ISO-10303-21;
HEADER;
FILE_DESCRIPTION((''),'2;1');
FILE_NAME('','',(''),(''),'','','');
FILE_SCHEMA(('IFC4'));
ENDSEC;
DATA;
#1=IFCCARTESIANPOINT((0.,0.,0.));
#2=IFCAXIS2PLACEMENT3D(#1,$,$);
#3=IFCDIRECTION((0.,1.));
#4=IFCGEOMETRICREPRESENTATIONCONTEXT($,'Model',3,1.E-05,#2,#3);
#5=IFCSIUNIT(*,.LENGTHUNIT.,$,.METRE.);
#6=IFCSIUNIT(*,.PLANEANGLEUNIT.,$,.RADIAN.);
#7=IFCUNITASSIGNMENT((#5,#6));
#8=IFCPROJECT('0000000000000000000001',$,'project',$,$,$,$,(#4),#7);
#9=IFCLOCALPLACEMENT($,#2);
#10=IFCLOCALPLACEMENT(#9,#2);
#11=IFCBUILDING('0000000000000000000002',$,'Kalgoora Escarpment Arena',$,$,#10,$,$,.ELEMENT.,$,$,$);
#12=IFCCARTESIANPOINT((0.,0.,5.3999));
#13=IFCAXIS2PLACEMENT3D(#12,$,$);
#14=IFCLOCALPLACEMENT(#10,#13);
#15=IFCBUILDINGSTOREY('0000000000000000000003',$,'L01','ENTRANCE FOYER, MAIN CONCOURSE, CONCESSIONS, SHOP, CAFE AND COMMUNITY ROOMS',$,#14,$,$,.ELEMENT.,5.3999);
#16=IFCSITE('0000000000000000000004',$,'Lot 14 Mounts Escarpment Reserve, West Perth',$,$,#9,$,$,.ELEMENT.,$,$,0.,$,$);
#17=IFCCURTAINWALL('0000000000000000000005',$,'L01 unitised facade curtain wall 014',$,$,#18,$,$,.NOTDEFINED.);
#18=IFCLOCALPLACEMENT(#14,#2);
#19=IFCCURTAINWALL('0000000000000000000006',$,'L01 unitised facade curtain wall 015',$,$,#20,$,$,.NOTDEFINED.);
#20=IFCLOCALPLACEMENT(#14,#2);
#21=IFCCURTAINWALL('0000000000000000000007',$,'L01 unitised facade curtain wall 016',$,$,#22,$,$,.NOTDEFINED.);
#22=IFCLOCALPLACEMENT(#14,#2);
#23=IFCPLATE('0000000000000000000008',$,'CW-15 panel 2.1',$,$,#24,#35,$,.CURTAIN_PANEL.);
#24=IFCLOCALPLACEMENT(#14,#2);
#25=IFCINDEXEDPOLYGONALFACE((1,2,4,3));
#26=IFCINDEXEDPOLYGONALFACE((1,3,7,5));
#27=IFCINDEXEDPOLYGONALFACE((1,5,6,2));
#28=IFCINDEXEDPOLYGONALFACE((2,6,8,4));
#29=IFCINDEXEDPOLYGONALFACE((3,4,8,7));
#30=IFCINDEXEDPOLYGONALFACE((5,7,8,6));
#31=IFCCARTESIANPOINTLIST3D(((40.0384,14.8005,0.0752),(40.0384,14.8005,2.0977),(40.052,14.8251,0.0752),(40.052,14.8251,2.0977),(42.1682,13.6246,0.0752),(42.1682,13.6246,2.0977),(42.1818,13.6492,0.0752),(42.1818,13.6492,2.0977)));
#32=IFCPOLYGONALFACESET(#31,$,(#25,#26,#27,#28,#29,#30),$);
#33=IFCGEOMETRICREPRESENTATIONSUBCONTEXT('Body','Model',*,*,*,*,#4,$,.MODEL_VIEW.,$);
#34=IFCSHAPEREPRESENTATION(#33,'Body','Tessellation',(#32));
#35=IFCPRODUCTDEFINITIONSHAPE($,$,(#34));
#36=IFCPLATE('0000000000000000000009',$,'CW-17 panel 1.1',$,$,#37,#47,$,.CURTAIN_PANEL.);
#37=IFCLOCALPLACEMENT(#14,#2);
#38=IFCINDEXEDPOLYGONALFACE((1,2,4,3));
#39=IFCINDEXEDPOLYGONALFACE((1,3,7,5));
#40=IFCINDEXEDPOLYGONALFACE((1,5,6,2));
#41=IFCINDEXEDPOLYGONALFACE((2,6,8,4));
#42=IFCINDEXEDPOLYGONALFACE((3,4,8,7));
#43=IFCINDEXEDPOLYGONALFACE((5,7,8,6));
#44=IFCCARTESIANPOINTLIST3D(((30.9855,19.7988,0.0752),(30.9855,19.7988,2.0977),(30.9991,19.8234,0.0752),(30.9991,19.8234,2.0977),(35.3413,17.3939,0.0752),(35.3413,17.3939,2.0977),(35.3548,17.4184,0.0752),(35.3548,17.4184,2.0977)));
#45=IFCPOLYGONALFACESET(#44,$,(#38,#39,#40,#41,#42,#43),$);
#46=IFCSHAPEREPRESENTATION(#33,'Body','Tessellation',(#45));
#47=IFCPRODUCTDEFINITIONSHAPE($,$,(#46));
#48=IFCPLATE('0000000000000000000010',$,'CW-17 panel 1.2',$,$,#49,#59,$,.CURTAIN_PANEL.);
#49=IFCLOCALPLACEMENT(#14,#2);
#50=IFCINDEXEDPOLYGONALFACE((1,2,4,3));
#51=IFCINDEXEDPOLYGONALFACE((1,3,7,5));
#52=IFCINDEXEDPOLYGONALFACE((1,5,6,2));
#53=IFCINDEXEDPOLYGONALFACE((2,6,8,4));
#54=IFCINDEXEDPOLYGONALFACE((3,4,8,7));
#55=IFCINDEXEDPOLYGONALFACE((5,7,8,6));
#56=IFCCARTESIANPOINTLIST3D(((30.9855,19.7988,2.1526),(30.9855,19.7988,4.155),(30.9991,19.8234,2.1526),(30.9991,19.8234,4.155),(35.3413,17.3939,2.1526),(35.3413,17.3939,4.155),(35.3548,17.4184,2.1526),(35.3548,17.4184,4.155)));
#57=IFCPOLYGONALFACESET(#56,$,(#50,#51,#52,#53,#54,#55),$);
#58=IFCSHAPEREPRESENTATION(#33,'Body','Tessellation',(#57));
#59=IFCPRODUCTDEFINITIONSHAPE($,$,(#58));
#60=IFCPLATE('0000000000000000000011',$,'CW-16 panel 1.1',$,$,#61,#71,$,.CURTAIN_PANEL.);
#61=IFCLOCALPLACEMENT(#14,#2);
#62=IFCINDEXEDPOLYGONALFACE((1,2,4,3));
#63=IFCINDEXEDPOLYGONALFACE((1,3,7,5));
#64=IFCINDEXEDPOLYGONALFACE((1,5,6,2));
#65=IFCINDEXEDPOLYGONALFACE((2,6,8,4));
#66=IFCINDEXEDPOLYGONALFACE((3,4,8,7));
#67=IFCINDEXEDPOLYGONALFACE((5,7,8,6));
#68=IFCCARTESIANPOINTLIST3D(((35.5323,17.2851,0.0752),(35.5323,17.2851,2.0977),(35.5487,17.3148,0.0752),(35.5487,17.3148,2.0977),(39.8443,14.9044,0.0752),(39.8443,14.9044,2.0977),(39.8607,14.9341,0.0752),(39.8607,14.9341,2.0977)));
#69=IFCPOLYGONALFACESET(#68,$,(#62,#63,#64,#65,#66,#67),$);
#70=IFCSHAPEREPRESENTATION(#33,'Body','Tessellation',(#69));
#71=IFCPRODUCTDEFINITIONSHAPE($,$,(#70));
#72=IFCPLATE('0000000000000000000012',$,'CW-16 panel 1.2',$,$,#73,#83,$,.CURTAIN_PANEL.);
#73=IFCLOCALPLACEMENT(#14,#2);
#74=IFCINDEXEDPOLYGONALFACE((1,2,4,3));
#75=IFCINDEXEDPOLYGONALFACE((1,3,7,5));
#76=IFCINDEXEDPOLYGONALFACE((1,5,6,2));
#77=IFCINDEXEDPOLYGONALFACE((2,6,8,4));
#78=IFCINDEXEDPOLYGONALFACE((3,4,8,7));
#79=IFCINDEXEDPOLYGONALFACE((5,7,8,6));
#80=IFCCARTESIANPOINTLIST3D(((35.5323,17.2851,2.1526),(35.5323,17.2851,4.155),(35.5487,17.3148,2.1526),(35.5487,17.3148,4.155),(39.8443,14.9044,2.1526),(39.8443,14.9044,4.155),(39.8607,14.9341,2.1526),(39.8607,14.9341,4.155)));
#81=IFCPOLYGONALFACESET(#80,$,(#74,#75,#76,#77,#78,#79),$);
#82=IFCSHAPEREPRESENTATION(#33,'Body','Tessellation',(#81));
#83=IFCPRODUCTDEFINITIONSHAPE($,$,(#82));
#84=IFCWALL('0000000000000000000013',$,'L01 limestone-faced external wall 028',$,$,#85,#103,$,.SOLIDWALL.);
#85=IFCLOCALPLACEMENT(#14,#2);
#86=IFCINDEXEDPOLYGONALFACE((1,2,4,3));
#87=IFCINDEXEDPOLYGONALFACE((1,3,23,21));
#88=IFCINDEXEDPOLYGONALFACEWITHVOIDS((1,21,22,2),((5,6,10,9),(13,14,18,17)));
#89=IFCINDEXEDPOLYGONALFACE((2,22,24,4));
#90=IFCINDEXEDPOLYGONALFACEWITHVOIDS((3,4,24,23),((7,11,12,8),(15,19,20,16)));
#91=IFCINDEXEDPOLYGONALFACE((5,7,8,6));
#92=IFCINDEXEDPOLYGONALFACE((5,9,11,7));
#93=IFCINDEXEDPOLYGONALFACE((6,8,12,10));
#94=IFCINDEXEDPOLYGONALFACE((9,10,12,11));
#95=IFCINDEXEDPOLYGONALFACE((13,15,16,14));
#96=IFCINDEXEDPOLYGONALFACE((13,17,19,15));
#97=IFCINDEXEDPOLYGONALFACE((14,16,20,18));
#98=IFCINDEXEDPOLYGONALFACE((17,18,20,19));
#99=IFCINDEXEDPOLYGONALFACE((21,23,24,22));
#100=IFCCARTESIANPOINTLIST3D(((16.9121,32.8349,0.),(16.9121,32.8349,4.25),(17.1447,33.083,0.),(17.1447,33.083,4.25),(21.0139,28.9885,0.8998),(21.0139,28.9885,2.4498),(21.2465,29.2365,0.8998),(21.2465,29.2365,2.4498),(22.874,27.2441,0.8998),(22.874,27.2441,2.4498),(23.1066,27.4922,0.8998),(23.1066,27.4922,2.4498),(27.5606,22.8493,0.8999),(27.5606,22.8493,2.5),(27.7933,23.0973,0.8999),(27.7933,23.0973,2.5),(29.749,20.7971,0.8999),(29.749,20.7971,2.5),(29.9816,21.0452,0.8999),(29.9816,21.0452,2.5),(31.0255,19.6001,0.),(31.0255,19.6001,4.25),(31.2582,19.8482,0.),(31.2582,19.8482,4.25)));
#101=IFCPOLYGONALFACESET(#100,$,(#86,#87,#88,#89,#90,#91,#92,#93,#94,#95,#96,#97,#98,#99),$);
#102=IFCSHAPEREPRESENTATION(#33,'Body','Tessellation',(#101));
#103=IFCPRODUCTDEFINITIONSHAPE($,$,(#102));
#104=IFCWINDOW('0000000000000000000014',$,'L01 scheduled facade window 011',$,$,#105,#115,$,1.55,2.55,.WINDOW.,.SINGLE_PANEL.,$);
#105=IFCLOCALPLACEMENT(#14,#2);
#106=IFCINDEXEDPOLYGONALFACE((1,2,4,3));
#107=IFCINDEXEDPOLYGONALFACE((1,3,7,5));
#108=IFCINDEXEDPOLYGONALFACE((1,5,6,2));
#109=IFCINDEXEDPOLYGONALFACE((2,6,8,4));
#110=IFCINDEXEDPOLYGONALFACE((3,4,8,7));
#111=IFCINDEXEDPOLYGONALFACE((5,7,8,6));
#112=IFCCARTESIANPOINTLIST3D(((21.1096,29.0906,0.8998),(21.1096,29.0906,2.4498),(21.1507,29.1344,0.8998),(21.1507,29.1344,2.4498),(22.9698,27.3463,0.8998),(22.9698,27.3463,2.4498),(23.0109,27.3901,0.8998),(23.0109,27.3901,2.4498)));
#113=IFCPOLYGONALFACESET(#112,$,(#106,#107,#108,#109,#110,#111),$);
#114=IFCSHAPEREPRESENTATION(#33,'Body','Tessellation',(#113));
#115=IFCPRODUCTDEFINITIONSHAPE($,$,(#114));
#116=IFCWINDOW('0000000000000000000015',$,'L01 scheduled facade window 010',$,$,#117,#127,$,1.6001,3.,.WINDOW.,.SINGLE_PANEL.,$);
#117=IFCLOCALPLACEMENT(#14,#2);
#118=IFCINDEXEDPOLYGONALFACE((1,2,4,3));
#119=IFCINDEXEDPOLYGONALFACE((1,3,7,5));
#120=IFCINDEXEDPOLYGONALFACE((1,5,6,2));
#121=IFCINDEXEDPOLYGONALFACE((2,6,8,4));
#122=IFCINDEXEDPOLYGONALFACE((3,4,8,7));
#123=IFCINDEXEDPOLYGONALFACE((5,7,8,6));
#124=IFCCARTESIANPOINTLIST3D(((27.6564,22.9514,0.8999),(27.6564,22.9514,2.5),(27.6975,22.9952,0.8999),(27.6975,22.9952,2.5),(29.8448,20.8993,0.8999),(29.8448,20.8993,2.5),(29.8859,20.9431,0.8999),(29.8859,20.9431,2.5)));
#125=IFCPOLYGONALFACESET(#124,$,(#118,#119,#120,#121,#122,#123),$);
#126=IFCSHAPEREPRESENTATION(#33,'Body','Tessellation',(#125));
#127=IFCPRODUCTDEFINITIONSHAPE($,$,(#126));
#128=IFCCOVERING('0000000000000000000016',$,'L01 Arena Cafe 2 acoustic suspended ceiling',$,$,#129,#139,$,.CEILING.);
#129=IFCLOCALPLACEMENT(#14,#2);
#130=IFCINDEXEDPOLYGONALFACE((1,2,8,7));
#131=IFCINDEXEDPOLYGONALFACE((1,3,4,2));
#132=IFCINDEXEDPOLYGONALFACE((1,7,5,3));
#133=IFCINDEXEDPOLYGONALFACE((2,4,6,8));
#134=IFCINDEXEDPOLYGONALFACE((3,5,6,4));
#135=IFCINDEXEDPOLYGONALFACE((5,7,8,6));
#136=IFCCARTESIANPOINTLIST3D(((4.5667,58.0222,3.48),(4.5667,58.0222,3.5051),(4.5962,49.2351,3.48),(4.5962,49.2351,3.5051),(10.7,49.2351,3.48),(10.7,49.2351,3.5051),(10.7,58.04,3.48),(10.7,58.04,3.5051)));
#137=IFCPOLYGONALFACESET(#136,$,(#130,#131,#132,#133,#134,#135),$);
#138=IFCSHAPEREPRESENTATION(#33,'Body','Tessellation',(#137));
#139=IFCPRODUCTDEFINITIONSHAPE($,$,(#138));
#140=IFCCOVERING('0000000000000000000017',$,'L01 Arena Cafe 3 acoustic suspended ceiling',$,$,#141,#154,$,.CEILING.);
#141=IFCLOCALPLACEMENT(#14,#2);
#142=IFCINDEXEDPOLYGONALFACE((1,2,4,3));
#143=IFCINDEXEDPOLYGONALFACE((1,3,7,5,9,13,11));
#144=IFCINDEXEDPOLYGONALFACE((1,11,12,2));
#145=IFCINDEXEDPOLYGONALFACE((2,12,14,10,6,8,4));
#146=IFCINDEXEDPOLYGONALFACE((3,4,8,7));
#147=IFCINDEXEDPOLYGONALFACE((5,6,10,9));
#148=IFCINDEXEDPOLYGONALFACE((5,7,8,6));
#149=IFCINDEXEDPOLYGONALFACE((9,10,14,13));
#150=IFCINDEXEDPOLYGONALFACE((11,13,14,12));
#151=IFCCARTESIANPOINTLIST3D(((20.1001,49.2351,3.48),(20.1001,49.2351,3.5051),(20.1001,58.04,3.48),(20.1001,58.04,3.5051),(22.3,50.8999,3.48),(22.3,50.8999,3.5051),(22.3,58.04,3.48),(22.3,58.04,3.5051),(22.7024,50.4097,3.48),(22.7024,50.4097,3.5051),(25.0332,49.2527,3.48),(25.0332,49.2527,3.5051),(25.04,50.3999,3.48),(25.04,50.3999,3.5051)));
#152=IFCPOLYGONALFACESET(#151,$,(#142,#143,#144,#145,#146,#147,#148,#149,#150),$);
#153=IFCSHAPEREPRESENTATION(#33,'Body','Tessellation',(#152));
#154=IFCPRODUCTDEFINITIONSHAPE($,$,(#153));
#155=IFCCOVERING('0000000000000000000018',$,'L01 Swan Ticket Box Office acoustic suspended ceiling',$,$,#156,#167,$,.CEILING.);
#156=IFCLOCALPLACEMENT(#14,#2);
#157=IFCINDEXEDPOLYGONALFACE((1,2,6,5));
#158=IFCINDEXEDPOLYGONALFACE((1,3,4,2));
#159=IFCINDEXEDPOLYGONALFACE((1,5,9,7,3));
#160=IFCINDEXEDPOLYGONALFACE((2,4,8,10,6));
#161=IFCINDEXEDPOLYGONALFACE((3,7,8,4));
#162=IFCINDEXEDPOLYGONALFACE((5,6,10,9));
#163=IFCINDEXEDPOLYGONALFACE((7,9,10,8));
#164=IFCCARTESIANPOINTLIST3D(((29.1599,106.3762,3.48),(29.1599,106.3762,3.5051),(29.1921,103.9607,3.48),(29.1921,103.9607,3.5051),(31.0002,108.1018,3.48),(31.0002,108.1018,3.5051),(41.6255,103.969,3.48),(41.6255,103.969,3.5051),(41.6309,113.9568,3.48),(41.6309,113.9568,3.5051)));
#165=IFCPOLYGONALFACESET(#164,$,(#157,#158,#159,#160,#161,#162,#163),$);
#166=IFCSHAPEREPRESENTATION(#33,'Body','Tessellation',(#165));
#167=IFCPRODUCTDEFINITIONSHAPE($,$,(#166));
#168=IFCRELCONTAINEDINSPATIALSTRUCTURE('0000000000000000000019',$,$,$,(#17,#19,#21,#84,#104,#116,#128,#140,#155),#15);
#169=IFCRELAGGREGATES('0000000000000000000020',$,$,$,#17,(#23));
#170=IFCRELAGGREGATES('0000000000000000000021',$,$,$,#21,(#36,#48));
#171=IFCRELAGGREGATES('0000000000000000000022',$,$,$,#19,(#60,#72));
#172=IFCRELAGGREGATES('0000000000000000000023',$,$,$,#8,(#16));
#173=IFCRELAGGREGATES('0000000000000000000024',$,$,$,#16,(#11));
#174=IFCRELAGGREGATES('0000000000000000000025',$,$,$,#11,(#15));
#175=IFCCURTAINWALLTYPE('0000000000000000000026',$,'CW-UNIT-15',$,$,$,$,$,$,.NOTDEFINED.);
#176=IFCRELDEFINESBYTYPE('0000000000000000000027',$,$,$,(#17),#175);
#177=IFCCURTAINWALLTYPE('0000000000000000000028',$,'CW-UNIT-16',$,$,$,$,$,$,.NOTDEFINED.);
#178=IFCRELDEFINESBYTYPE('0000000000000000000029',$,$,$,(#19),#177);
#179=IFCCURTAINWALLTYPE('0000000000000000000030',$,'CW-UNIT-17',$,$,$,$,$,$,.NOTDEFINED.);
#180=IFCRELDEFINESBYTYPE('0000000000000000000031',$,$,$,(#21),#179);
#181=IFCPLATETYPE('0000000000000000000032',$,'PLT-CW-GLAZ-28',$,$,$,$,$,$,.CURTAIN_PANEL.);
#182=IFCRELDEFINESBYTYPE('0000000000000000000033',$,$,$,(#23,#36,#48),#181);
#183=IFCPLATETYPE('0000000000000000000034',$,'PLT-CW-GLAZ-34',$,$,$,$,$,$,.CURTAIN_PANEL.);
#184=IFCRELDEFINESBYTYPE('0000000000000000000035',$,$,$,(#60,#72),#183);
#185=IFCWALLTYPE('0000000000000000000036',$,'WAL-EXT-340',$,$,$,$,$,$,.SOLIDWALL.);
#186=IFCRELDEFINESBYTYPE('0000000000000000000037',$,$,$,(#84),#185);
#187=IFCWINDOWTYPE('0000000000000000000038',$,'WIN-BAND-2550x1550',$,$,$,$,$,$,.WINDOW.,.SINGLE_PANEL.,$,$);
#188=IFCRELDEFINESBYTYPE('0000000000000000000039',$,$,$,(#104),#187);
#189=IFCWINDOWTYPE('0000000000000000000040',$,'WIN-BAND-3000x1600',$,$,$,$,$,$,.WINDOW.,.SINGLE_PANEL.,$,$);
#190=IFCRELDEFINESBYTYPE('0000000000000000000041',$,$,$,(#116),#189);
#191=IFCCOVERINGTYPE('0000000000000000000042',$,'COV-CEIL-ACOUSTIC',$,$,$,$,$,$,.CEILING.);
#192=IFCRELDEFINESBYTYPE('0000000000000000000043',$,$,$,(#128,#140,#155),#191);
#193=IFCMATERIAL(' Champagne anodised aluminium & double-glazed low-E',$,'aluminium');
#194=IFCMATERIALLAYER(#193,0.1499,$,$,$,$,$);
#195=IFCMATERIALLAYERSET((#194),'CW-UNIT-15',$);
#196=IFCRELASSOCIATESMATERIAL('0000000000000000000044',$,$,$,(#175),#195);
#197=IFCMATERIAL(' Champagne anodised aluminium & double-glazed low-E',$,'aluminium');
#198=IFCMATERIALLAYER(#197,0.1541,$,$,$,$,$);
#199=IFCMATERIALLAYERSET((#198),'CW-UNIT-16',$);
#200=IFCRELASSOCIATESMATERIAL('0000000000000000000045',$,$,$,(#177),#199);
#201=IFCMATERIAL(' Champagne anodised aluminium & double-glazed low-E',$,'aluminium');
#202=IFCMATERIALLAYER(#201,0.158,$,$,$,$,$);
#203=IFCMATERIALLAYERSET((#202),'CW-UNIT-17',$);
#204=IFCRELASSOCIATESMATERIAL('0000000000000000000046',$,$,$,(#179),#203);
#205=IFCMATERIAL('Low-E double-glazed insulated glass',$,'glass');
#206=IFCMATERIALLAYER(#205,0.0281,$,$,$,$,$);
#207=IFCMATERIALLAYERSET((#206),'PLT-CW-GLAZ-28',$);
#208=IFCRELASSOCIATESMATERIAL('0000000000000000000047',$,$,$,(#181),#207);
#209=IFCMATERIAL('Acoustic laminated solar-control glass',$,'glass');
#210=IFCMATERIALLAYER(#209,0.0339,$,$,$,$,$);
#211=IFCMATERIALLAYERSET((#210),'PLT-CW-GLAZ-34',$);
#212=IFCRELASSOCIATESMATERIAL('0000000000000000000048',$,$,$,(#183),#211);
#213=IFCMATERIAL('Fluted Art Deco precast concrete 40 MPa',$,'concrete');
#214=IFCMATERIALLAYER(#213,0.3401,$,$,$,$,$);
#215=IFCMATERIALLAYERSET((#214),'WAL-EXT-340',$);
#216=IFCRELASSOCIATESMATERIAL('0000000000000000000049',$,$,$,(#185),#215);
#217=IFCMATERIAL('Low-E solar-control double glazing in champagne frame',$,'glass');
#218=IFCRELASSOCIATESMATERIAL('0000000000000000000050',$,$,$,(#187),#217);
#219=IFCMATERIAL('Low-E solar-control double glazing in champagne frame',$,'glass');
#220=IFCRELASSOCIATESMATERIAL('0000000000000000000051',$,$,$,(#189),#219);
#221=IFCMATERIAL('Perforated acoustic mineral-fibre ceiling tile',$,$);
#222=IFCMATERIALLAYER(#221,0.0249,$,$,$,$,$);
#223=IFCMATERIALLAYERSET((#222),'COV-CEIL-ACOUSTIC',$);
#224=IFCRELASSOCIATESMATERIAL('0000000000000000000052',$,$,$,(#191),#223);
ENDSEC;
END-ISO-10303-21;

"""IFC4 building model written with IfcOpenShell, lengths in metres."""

from ifc_helpers import new_model, si_unit, direction, frame, frame_2d, origin, origin_2d, place, context, subcontext, project, spatial, polyline, rectangle, outline, extrude, material, layer, layer_set, type_object, element, fill, aggregate, save


model = new_model("IFC4")

# Units and contexts
model_context = context("Model", 3, precision=1e-05, world=origin(), true_north=direction((0.0, 1.0)))
body_context = subcontext(model_context, "Body", "Model", "MODEL_VIEW")
ifc_project = project(units=[si_unit("LENGTHUNIT", "METRE"), si_unit("PLANEANGLEUNIT", "RADIAN")], contexts=[model_context])

# Site, building, storey
site_placement = place(None, origin())
site = spatial("IfcSite", under=ifc_project, at=site_placement, Name="Lot 14 Mounts Escarpment Reserve, West Perth", CompositionType="ELEMENT", RefElevation=0.0)
building_placement = place(site_placement, origin())
building = spatial("IfcBuilding", under=site, at=building_placement, Name="Kalgoora Escarpment Arena", CompositionType="ELEMENT")
storey_placement = place(building_placement, frame((0.0, 0.0, 5.3999)))
storey = spatial("IfcBuildingStorey", under=building, at=storey_placement, Name="L01", Description="ENTRANCE FOYER, MAIN CONCOURSE, CONCESSIONS, SHOP, CAFE AND COMMUNITY ROOMS", CompositionType="ELEMENT", Elevation=5.3999)

# Curtain wall
ifc_material_1 = material(Name=" Champagne anodised aluminium & double-glazed low-E", Category="aluminium")
ifc_layer_1 = layer(ifc_material_1, 0.1499)
ifc_layer_set_1 = layer_set([ifc_layer_1], Name="CW-UNIT-15")
curtain_wall_type_1 = type_object("IfcCurtainWallType", Name="CW-UNIT-15", PredefinedType="NOTDEFINED", material=ifc_layer_set_1)
curtain_wall_1_placement = place(storey_placement, origin())
curtain_wall_1 = element("IfcCurtainWall", 1, at=curtain_wall_1_placement, inside=storey, type_object=curtain_wall_type_1, Name="L01 unitised facade curtain wall 014", PredefinedType="NOTDEFINED")

# Curtain walls
ifc_material_2 = material(Name=" Champagne anodised aluminium & double-glazed low-E", Category="aluminium")
ifc_layer_2 = layer(ifc_material_2, 0.1541)
ifc_layer_set_2 = layer_set([ifc_layer_2], Name="CW-UNIT-16")
curtain_wall_type_2 = type_object("IfcCurtainWallType", Name="CW-UNIT-16", PredefinedType="NOTDEFINED", material=ifc_layer_set_2)
curtain_wall_2_placement = place(storey_placement, origin())
curtain_wall_2 = element("IfcCurtainWall", 2, at=curtain_wall_2_placement, inside=storey, type_object=curtain_wall_type_2, Name="L01 unitised facade curtain wall 015", PredefinedType="NOTDEFINED")
ifc_material_3 = material(Name=" Champagne anodised aluminium & double-glazed low-E", Category="aluminium")
ifc_layer_3 = layer(ifc_material_3, 0.158)
ifc_layer_set_3 = layer_set([ifc_layer_3], Name="CW-UNIT-17")
curtain_wall_type_3 = type_object("IfcCurtainWallType", Name="CW-UNIT-17", PredefinedType="NOTDEFINED", material=ifc_layer_set_3)
curtain_wall_3_placement = place(storey_placement, origin())
curtain_wall_3 = element("IfcCurtainWall", 3, at=curtain_wall_3_placement, inside=storey, type_object=curtain_wall_type_3, Name="L01 unitised facade curtain wall 016", PredefinedType="NOTDEFINED")

# Plates
ifc_material_4 = material(Name="Low-E double-glazed insulated glass", Category="glass")
ifc_layer_4 = layer(ifc_material_4, 0.0281)
ifc_layer_set_4 = layer_set([ifc_layer_4], Name="PLT-CW-GLAZ-28")
plate_type_1 = type_object("IfcPlateType", Name="PLT-CW-GLAZ-28", PredefinedType="CURTAIN_PANEL", material=ifc_layer_set_4)
plate_1_placement = place(storey_placement, frame((41.1101, 14.2249, 0.0752), z_axis=(0.0, 0.0, 1.0), x_axis=(-0.875437, 0.483332, 0.0)))
plate_1 = element("IfcPlate", 4, at=plate_1_placement, type_object=plate_type_1, Name="CW-15 panel 2.1", PredefinedType="CURTAIN_PANEL", context=body_context, shape_type="SweptSolid", body=[
    extrude(rectangle(XDim=2.4329, YDim=0.0281, at=origin_2d()), origin(), (0.0, 0.0, 1.0), 2.0225),
])
aggregate(curtain_wall_1, [plate_1])
plate_2_placement = place(storey_placement, frame((33.1702, 18.6086, 0.0752), z_axis=(0.0, 0.0, 1.0), x_axis=(-0.875423, 0.483359, 0.0)))
plate_2 = element("IfcPlate", 5, at=plate_2_placement, type_object=plate_type_1, Name="CW-17 panel 1.1", PredefinedType="CURTAIN_PANEL", context=body_context, shape_type="SweptSolid", body=[
    extrude(rectangle(XDim=4.9756, YDim=0.0281, at=origin_2d()), origin(), (0.0, 0.0, 1.0), 2.0225),
])
plate_3_placement = place(storey_placement, frame((33.1702, 18.6086, 2.1526), z_axis=(0.0, 0.0, 1.0), x_axis=(-0.875423, 0.483359, 0.0)))
plate_3 = element("IfcPlate", 6, at=plate_3_placement, type_object=plate_type_1, Name="CW-17 panel 1.2", PredefinedType="CURTAIN_PANEL", context=body_context, shape_type="SweptSolid", body=[
    extrude(rectangle(XDim=4.9756, YDim=0.0281, at=origin_2d()), origin(), (0.0, 0.0, 1.0), 2.0024),
])
aggregate(curtain_wall_3, [plate_2, plate_3])
ifc_material_5 = material(Name="Acoustic laminated solar-control glass", Category="glass")
ifc_layer_5 = layer(ifc_material_5, 0.0339)
ifc_layer_set_5 = layer_set([ifc_layer_5], Name="PLT-CW-GLAZ-34")
plate_type_2 = type_object("IfcPlateType", Name="PLT-CW-GLAZ-34", PredefinedType="CURTAIN_PANEL", material=ifc_layer_set_5)
plate_4_placement = place(storey_placement, frame((37.6965, 16.1096, 0.0752), z_axis=(0.0, 0.0, 1.0), x_axis=(-0.875437, 0.483332, 0.0)))
plate_4 = element("IfcPlate", 7, at=plate_4_placement, type_object=plate_type_2, Name="CW-16 panel 1.1", PredefinedType="CURTAIN_PANEL", context=body_context, shape_type="SweptSolid", body=[
    extrude(rectangle(XDim=4.9255, YDim=0.0339, at=origin_2d()), origin(), (0.0, 0.0, 1.0), 2.0225),
])
plate_5_placement = place(storey_placement, frame((37.6965, 16.1096, 2.1526), z_axis=(0.0, 0.0, 1.0), x_axis=(-0.875437, 0.483332, 0.0)))
plate_5 = element("IfcPlate", 8, at=plate_5_placement, type_object=plate_type_2, Name="CW-16 panel 1.2", PredefinedType="CURTAIN_PANEL", context=body_context, shape_type="SweptSolid", body=[
    extrude(rectangle(XDim=4.9255, YDim=0.0339, at=origin_2d()), origin(), (0.0, 0.0, 1.0), 2.0024),
])
aggregate(curtain_wall_2, [plate_4, plate_5])

# Wall, openings, windows
ifc_material_6 = material(Name="Fluted Art Deco precast concrete 40 MPa", Category="concrete")
ifc_layer_6 = layer(ifc_material_6, 0.3401)
ifc_layer_set_6 = layer_set([ifc_layer_6], Name="WAL-EXT-340")
wall_type = type_object("IfcWallType", Name="WAL-EXT-340", PredefinedType="SOLIDWALL", material=ifc_layer_set_6)
wall_placement = place(storey_placement, frame((31.1418, 19.7241, 0.0), z_axis=(0.0, 0.0, 1.0), x_axis=(-0.729449, 0.684036, 0.0)))
wall = element("IfcWall", 9, at=wall_placement, inside=storey, type_object=wall_type, Name="L01 limestone-faced external wall 028", PredefinedType="SOLIDWALL", context=body_context, shape_type="SweptSolid", body=[
    extrude(rectangle(XDim=19.3481, YDim=0.3401, at=frame_2d((9.6741, 0.0))), origin(), (0.0, 0.0, 1.0), 4.25),
])
opening_1_placement = place(wall_placement, frame((1.75, 0.0, 0.8999)))
opening_1 = element("IfcOpeningElement", 10, at=opening_1_placement, cuts=wall, PredefinedType="OPENING", context=body_context, shape_type="SweptSolid", body=[
    extrude(rectangle(XDim=3.0, YDim=1.6001, at=frame_2d((1.5, 0.8))), frame((0.0, 0.1799, 0.0), z_axis=(0.0, -1.0, 0.0), x_axis=(1.0, 0.0, 0.0)), (0.0, 0.0, 1.0), 0.3601),
])
opening_2_placement = place(wall_placement, frame((11.175, 0.0, 0.8999)))
opening_2 = element("IfcOpeningElement", 11, at=opening_2_placement, cuts=wall, PredefinedType="OPENING", context=body_context, shape_type="SweptSolid", body=[
    extrude(rectangle(XDim=2.55, YDim=1.55, at=frame_2d((1.2749, 0.7749))), frame((0.0, 0.1799, 0.0), z_axis=(0.0, -1.0, 0.0), x_axis=(1.0, 0.0, 0.0)), (0.0, 0.0, 1.0), 0.3601),
])
ifc_material_7 = material(Name="Low-E solar-control double glazing in champagne frame", Category="glass")
window_type_1 = type_object("IfcWindowType", Name="WIN-BAND-2550x1550", PartitioningType="SINGLE_PANEL", PredefinedType="WINDOW", material=ifc_material_7)
window_1_placement = place(opening_2_placement, origin())
window_1 = element("IfcWindow", 12, at=window_1_placement, inside=storey, type_object=window_type_1, Name="L01 scheduled facade window 011", OverallHeight=1.55, OverallWidth=2.55, PartitioningType="SINGLE_PANEL", PredefinedType="WINDOW", context=body_context, shape_type="SweptSolid", body=[
    extrude(rectangle(XDim=2.55, YDim=1.55, at=frame_2d((1.2749, 0.7749))), frame((0.0, 0.03, 0.0), z_axis=(0.0, -1.0, 0.0), x_axis=(1.0, 0.0, 0.0)), (0.0, 0.0, 1.0), 0.0601),
])
fill(opening_2, window_1)
ifc_material_8 = material(Name="Low-E solar-control double glazing in champagne frame", Category="glass")
window_type_2 = type_object("IfcWindowType", Name="WIN-BAND-3000x1600", PartitioningType="SINGLE_PANEL", PredefinedType="WINDOW", material=ifc_material_8)
window_2_placement = place(opening_1_placement, origin())
window_2 = element("IfcWindow", 13, at=window_2_placement, inside=storey, type_object=window_type_2, Name="L01 scheduled facade window 010", OverallHeight=1.6001, OverallWidth=3.0, PartitioningType="SINGLE_PANEL", PredefinedType="WINDOW", context=body_context, shape_type="SweptSolid", body=[
    extrude(rectangle(XDim=3.0, YDim=1.6001, at=frame_2d((1.5, 0.8))), frame((0.0, 0.03, 0.0), z_axis=(0.0, -1.0, 0.0), x_axis=(1.0, 0.0, 0.0)), (0.0, 0.0, 1.0), 0.0601),
])
fill(opening_1, window_2)

# Coverings
ifc_material_9 = material(Name="Perforated acoustic mineral-fibre ceiling tile")
ifc_layer_7 = layer(ifc_material_9, 0.0249)
ifc_layer_set_7 = layer_set([ifc_layer_7], Name="COV-CEIL-ACOUSTIC")
covering_type = type_object("IfcCoveringType", Name="COV-CEIL-ACOUSTIC", PredefinedType="CEILING", material=ifc_layer_set_7)
covering_1_placement = place(storey_placement, frame((0.0, 0.0, 3.48)))
element("IfcCovering", 14, at=covering_1_placement, inside=storey, type_object=covering_type, Name="L01 Arena Cafe 2 acoustic suspended ceiling", PredefinedType="CEILING", context=body_context, shape_type="SweptSolid", body=[
    extrude(outline(polyline([(4.5962, 49.2351), (4.5667, 58.0222), (10.7, 58.04), (10.7, 49.2351), (4.5962, 49.2351)])), origin(), (0.0, 0.0, 1.0), 0.0251),
])
covering_2_placement = place(storey_placement, frame((0.0, 0.0, 3.48)))
element("IfcCovering", 15, at=covering_2_placement, inside=storey, type_object=covering_type, Name="L01 Arena Cafe 3 acoustic suspended ceiling", PredefinedType="CEILING", context=body_context, shape_type="SweptSolid", body=[
    extrude(outline(polyline([(22.3, 50.8999), (22.7024, 50.4097), (25.04, 50.3999), (25.0332, 49.2527), (20.1001, 49.2351), (20.1001, 58.04), (22.3, 58.04), (22.3, 50.8999)])), origin(), (0.0, 0.0, 1.0), 0.0251),
])
covering_3_placement = place(storey_placement, frame((0.0, 0.0, 3.48)))
element("IfcCovering", 16, at=covering_3_placement, inside=storey, type_object=covering_type, Name="L01 Swan Ticket Box Office acoustic suspended ceiling", PredefinedType="CEILING", context=body_context, shape_type="SweptSolid", body=[
    extrude(outline(polyline([(29.1921, 103.9607), (29.1599, 106.3762), (31.0002, 108.1018), (41.6309, 113.9568), (41.6255, 103.969), (29.1921, 103.9607)])), origin(), (0.0, 0.0, 1.0), 0.0251),
])

save(model, "model.ifc")
